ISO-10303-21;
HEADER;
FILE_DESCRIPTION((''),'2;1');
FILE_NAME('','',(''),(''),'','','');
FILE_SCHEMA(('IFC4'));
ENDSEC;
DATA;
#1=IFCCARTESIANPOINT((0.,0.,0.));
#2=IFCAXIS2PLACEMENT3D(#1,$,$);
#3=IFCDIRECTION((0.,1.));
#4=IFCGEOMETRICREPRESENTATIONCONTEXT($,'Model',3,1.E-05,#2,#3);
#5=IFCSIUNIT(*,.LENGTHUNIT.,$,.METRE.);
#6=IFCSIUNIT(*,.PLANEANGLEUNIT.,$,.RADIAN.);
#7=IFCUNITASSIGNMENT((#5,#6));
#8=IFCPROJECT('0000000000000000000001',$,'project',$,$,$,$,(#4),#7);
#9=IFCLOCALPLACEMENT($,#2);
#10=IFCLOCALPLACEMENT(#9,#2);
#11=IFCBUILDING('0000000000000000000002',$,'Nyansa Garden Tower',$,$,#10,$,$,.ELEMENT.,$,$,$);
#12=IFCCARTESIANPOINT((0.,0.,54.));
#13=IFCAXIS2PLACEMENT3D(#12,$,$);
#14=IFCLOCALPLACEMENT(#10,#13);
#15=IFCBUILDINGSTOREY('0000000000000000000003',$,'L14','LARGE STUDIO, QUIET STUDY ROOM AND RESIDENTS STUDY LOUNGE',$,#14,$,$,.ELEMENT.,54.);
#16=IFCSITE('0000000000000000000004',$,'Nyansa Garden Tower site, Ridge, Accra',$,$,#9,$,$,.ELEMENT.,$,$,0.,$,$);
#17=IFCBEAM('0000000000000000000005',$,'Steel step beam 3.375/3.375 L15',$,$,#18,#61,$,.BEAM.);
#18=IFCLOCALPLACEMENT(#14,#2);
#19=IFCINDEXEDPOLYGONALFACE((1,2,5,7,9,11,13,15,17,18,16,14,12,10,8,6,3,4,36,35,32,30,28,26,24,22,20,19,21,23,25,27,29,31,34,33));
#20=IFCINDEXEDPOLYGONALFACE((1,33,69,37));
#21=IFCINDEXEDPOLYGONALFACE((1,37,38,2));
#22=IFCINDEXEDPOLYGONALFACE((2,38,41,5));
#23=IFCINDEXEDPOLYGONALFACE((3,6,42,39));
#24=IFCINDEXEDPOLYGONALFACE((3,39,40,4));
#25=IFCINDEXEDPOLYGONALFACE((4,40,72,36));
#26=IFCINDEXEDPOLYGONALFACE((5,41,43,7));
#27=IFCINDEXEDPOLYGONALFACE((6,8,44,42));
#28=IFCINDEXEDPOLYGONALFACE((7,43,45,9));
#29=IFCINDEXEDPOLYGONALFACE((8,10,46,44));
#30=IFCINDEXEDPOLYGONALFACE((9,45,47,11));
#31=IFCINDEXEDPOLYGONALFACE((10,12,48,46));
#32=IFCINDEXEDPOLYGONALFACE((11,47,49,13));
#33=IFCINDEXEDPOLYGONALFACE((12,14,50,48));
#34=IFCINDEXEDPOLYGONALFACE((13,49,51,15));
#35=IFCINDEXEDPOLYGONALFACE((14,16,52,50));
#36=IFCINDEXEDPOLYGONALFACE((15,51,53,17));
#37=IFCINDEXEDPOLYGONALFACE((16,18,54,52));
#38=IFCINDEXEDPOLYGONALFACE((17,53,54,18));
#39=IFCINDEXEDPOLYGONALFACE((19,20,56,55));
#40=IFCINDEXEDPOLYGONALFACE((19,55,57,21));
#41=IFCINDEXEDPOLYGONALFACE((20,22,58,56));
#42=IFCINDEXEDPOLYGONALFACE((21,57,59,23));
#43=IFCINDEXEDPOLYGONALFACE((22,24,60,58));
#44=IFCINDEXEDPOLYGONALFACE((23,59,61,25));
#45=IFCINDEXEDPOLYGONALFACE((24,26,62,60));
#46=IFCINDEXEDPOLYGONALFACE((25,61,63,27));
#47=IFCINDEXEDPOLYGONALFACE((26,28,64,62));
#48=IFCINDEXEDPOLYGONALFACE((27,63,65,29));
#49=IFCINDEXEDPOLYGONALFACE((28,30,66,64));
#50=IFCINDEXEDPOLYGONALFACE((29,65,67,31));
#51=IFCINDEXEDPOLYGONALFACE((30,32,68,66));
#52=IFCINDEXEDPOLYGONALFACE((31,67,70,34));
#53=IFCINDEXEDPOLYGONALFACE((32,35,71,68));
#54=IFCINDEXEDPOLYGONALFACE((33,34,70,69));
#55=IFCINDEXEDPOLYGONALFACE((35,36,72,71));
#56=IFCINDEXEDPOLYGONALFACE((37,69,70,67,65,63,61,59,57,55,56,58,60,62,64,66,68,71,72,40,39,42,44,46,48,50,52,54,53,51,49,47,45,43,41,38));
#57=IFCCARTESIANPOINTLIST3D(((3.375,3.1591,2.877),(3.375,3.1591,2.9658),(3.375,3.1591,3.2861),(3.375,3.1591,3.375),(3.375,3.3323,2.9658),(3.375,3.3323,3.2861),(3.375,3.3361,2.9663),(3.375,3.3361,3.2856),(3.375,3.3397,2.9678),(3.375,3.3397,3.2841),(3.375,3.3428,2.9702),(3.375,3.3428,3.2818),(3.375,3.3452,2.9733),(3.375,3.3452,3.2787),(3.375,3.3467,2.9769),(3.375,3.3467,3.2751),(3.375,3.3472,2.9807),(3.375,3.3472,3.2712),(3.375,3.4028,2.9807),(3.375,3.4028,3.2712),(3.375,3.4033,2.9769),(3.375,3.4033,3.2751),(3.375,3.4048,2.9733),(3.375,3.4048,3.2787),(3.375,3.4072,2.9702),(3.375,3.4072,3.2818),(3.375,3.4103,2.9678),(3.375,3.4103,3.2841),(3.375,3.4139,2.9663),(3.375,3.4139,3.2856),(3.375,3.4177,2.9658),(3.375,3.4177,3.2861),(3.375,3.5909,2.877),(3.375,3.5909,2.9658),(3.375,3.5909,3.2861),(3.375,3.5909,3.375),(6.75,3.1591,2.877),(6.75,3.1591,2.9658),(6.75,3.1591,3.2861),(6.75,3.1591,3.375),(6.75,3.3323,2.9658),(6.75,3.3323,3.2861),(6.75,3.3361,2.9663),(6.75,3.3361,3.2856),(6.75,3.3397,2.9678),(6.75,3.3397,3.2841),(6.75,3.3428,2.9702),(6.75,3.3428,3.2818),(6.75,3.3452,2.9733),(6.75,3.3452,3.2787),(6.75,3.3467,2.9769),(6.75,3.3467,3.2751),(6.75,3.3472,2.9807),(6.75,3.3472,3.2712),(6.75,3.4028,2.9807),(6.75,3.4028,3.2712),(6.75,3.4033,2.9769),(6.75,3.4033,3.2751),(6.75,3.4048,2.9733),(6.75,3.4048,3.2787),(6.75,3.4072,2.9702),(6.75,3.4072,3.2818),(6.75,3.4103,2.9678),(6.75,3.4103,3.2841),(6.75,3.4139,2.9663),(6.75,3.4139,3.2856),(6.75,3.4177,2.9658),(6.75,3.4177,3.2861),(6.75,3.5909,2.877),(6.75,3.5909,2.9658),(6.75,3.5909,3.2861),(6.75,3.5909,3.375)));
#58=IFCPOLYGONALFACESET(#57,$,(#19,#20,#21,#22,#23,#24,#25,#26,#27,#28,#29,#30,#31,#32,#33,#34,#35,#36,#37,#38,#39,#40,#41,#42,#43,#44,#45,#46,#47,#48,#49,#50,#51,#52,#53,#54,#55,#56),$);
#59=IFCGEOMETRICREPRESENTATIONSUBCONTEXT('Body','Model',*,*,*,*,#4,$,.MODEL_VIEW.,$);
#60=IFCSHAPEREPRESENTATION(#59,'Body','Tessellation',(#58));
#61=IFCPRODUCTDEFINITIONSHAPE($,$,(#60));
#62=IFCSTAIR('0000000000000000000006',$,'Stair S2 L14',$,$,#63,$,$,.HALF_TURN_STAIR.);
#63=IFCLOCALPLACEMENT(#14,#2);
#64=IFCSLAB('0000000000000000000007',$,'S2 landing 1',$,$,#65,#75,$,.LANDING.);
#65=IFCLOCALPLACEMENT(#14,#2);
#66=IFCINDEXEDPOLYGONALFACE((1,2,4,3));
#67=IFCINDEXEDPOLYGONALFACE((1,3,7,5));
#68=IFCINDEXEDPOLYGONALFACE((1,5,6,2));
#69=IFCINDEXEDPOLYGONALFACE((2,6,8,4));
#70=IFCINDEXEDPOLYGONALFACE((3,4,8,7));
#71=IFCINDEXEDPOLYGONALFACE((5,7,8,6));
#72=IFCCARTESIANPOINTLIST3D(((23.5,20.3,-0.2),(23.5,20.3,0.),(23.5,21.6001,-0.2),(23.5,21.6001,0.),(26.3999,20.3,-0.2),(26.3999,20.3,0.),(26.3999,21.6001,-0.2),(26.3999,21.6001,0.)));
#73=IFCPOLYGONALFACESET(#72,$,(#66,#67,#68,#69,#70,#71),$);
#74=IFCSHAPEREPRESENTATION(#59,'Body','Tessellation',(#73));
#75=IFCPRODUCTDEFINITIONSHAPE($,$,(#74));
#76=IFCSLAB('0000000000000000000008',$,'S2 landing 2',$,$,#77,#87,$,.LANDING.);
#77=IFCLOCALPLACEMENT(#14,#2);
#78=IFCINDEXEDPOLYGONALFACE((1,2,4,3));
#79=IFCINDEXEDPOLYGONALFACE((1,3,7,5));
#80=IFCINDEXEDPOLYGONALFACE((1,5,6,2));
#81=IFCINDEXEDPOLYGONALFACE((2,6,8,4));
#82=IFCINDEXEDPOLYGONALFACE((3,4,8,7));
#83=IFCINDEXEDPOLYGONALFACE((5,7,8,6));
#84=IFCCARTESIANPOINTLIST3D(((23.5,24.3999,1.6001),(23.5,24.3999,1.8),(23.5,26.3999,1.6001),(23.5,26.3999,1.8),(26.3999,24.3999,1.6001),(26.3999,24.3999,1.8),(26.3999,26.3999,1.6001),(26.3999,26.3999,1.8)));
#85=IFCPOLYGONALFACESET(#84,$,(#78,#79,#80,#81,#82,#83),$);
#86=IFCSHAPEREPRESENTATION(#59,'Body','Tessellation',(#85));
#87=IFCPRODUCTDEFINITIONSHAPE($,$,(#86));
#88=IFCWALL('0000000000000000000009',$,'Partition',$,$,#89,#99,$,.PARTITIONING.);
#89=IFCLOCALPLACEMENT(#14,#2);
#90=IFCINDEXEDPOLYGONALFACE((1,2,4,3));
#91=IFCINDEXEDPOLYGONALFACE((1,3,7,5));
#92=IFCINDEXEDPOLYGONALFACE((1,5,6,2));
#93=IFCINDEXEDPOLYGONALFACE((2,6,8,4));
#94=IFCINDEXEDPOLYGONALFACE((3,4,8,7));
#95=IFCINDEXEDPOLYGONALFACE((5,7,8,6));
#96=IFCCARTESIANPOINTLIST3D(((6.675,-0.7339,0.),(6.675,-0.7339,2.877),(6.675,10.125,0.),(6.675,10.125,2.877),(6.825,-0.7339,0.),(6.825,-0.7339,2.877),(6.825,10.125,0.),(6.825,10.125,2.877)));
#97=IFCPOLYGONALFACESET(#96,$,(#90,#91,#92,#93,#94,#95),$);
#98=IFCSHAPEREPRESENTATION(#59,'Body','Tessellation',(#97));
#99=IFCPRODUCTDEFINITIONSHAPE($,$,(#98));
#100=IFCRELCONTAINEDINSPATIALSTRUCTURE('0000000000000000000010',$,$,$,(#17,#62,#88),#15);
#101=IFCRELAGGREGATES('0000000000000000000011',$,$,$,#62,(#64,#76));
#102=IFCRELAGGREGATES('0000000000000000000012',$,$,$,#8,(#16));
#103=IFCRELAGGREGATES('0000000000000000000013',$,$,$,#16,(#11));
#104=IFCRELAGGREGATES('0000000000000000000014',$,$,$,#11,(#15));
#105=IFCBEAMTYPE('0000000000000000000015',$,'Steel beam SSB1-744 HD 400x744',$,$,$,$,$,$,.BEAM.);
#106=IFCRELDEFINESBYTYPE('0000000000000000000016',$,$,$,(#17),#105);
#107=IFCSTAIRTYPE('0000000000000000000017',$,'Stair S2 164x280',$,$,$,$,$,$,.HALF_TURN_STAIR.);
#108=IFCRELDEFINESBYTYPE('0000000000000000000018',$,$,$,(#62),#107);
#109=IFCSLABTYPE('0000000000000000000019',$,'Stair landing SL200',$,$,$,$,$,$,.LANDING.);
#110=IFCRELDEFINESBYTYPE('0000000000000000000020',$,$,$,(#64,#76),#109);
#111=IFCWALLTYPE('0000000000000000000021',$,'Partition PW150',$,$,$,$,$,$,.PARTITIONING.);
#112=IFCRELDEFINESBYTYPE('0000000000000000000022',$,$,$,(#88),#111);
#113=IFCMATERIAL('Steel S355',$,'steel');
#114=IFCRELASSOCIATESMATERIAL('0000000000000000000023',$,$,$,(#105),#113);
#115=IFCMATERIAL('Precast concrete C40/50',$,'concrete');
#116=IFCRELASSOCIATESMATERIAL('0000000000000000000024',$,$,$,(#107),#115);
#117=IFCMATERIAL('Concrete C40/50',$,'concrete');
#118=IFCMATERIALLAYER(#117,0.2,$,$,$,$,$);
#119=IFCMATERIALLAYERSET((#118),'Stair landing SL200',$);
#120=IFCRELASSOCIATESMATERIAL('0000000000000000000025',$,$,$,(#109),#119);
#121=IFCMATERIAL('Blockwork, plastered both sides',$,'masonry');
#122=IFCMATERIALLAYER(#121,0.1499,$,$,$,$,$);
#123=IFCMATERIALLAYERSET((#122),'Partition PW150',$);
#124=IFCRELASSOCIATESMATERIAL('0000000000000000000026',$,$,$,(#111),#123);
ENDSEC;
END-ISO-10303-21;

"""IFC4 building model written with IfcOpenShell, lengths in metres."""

from ifc_helpers import new_model, si_unit, direction, frame, frame_2d, origin, origin_2d, place, context, subcontext, project, spatial, polyline, rectangle, i_section, outline, extrude, material, layer, layer_set, material_profile, profile_set, type_object, element, aggregate, save


model = new_model("IFC4")

# Units and contexts
model_context = context("Model", 3, precision=1e-05, world=origin(), true_north=direction((0.0, 1.0)))
body_context = subcontext(model_context, "Body", "Model", "MODEL_VIEW")
ifc_project = project(units=[si_unit("LENGTHUNIT", "METRE"), si_unit("PLANEANGLEUNIT", "RADIAN")], contexts=[model_context])

# Site, building, storey
site_placement = place(None, origin())
site = spatial("IfcSite", under=ifc_project, at=site_placement, Name="Nyansa Garden Tower site, Ridge, Accra", CompositionType="ELEMENT", RefElevation=0.0)
building_placement = place(site_placement, origin())
building = spatial("IfcBuilding", under=site, at=building_placement, Name="Nyansa Garden Tower", CompositionType="ELEMENT")
storey_placement = place(building_placement, frame((0.0, 0.0, 54.0)))
storey = spatial("IfcBuildingStorey", under=building, at=storey_placement, Name="L14", Description="LARGE STUDIO, QUIET STUDY ROOM AND RESIDENTS STUDY LOUNGE", CompositionType="ELEMENT", Elevation=54.0)

# Beam
ifc_material_1 = material(Name="Steel S355", Category="steel")
ifc_material_profile_1 = material_profile(ifc_material_1, i_section(OverallWidth=0.4319, OverallDepth=0.498, WebThickness=0.0557, FlangeThickness=0.0889, FilletRadius=0.0149, at=origin_2d()), Name="HD 400x744")
ifc_profile_set_1 = profile_set([ifc_material_profile_1], Name="Steel S355")
beam_type_1 = type_object("IfcBeamType", Name="Steel beam SSB1-744 HD 400x744", PredefinedType="BEAM", material=ifc_profile_set_1)
for number, where, z_axis, x_axis, name in (
    (1, (3.375, 3.375, 3.126), (1.0, 0.0, 0.0), (0.0, 1.0, 0.0), "Steel step beam 3.375/3.375 L15"),
):
    element("IfcBeam", number, at=place(storey_placement, frame(where, z_axis=z_axis, x_axis=x_axis)), inside=storey, type_object=beam_type_1, Name=name, PredefinedType="BEAM", context=body_context, shape_type="SweptSolid", body=[
        extrude(i_section(OverallWidth=0.4319, OverallDepth=0.498, WebThickness=0.0557, FlangeThickness=0.0889, FilletRadius=0.0149, at=origin_2d()), origin(), (0.0, 0.0, 1.0), 3.375),
    ])

# Stair, slabs
ifc_material_2 = material(Name="Precast concrete C40/50", Category="concrete")
stair_type = type_object("IfcStairType", Name="Stair S2 164x280", PredefinedType="HALF_TURN_STAIR", material=ifc_material_2)
stair_placement = place(storey_placement, origin())
stair = element("IfcStair", 2, at=stair_placement, inside=storey, type_object=stair_type, Name="Stair S2 L14", PredefinedType="HALF_TURN_STAIR")
ifc_material_3 = material(Name="Concrete C40/50", Category="concrete")
ifc_layer_1 = layer(ifc_material_3, 0.2)
ifc_layer_set_1 = layer_set([ifc_layer_1], Name="Stair landing SL200")
slab_type = type_object("IfcSlabType", Name="Stair landing SL200", PredefinedType="LANDING", material=ifc_layer_set_1)
slab_1_placement = place(storey_placement, frame((0.0, 0.0, -0.2)))
slab_1 = element("IfcSlab", 3, at=slab_1_placement, type_object=slab_type, Name="S2 landing 1", PredefinedType="LANDING", context=body_context, shape_type="SweptSolid", body=[
    extrude(outline(polyline([(23.5, 20.3), (26.3999, 20.3), (26.3999, 21.6001), (23.5, 21.6001), (23.5, 20.3)])), origin(), (0.0, 0.0, 1.0), 0.2),
])
slab_2_placement = place(storey_placement, frame((0.0, 0.0, 1.6001)))
slab_2 = element("IfcSlab", 4, at=slab_2_placement, type_object=slab_type, Name="S2 landing 2", PredefinedType="LANDING", context=body_context, shape_type="SweptSolid", body=[
    extrude(outline(polyline([(23.5, 24.3999), (26.3999, 24.3999), (26.3999, 26.3999), (23.5, 26.3999), (23.5, 24.3999)])), origin(), (0.0, 0.0, 1.0), 0.2),
])
aggregate(stair, [slab_1, slab_2])

# Wall
ifc_material_4 = material(Name="Blockwork, plastered both sides", Category="masonry")
ifc_layer_2 = layer(ifc_material_4, 0.1499)
ifc_layer_set_2 = layer_set([ifc_layer_2], Name="Partition PW150")
wall_type_1 = type_object("IfcWallType", Name="Partition PW150", PredefinedType="PARTITIONING", material=ifc_layer_set_2)
wall_1_placement = place(storey_placement, frame((6.75, -0.7339, 0.0), z_axis=(0.0, 0.0, 1.0), x_axis=(0.0, 1.0, 0.0)))
element("IfcWall", 5, at=wall_1_placement, inside=storey, type_object=wall_type_1, Name="Partition", PredefinedType="PARTITIONING", context=body_context, shape_type="SweptSolid", body=[
    extrude(rectangle(XDim=10.8589, YDim=0.1499, at=frame_2d((5.4294, 0.0))), origin(), (0.0, 0.0, 1.0), 2.877),
])

save(model, "model.ifc")
